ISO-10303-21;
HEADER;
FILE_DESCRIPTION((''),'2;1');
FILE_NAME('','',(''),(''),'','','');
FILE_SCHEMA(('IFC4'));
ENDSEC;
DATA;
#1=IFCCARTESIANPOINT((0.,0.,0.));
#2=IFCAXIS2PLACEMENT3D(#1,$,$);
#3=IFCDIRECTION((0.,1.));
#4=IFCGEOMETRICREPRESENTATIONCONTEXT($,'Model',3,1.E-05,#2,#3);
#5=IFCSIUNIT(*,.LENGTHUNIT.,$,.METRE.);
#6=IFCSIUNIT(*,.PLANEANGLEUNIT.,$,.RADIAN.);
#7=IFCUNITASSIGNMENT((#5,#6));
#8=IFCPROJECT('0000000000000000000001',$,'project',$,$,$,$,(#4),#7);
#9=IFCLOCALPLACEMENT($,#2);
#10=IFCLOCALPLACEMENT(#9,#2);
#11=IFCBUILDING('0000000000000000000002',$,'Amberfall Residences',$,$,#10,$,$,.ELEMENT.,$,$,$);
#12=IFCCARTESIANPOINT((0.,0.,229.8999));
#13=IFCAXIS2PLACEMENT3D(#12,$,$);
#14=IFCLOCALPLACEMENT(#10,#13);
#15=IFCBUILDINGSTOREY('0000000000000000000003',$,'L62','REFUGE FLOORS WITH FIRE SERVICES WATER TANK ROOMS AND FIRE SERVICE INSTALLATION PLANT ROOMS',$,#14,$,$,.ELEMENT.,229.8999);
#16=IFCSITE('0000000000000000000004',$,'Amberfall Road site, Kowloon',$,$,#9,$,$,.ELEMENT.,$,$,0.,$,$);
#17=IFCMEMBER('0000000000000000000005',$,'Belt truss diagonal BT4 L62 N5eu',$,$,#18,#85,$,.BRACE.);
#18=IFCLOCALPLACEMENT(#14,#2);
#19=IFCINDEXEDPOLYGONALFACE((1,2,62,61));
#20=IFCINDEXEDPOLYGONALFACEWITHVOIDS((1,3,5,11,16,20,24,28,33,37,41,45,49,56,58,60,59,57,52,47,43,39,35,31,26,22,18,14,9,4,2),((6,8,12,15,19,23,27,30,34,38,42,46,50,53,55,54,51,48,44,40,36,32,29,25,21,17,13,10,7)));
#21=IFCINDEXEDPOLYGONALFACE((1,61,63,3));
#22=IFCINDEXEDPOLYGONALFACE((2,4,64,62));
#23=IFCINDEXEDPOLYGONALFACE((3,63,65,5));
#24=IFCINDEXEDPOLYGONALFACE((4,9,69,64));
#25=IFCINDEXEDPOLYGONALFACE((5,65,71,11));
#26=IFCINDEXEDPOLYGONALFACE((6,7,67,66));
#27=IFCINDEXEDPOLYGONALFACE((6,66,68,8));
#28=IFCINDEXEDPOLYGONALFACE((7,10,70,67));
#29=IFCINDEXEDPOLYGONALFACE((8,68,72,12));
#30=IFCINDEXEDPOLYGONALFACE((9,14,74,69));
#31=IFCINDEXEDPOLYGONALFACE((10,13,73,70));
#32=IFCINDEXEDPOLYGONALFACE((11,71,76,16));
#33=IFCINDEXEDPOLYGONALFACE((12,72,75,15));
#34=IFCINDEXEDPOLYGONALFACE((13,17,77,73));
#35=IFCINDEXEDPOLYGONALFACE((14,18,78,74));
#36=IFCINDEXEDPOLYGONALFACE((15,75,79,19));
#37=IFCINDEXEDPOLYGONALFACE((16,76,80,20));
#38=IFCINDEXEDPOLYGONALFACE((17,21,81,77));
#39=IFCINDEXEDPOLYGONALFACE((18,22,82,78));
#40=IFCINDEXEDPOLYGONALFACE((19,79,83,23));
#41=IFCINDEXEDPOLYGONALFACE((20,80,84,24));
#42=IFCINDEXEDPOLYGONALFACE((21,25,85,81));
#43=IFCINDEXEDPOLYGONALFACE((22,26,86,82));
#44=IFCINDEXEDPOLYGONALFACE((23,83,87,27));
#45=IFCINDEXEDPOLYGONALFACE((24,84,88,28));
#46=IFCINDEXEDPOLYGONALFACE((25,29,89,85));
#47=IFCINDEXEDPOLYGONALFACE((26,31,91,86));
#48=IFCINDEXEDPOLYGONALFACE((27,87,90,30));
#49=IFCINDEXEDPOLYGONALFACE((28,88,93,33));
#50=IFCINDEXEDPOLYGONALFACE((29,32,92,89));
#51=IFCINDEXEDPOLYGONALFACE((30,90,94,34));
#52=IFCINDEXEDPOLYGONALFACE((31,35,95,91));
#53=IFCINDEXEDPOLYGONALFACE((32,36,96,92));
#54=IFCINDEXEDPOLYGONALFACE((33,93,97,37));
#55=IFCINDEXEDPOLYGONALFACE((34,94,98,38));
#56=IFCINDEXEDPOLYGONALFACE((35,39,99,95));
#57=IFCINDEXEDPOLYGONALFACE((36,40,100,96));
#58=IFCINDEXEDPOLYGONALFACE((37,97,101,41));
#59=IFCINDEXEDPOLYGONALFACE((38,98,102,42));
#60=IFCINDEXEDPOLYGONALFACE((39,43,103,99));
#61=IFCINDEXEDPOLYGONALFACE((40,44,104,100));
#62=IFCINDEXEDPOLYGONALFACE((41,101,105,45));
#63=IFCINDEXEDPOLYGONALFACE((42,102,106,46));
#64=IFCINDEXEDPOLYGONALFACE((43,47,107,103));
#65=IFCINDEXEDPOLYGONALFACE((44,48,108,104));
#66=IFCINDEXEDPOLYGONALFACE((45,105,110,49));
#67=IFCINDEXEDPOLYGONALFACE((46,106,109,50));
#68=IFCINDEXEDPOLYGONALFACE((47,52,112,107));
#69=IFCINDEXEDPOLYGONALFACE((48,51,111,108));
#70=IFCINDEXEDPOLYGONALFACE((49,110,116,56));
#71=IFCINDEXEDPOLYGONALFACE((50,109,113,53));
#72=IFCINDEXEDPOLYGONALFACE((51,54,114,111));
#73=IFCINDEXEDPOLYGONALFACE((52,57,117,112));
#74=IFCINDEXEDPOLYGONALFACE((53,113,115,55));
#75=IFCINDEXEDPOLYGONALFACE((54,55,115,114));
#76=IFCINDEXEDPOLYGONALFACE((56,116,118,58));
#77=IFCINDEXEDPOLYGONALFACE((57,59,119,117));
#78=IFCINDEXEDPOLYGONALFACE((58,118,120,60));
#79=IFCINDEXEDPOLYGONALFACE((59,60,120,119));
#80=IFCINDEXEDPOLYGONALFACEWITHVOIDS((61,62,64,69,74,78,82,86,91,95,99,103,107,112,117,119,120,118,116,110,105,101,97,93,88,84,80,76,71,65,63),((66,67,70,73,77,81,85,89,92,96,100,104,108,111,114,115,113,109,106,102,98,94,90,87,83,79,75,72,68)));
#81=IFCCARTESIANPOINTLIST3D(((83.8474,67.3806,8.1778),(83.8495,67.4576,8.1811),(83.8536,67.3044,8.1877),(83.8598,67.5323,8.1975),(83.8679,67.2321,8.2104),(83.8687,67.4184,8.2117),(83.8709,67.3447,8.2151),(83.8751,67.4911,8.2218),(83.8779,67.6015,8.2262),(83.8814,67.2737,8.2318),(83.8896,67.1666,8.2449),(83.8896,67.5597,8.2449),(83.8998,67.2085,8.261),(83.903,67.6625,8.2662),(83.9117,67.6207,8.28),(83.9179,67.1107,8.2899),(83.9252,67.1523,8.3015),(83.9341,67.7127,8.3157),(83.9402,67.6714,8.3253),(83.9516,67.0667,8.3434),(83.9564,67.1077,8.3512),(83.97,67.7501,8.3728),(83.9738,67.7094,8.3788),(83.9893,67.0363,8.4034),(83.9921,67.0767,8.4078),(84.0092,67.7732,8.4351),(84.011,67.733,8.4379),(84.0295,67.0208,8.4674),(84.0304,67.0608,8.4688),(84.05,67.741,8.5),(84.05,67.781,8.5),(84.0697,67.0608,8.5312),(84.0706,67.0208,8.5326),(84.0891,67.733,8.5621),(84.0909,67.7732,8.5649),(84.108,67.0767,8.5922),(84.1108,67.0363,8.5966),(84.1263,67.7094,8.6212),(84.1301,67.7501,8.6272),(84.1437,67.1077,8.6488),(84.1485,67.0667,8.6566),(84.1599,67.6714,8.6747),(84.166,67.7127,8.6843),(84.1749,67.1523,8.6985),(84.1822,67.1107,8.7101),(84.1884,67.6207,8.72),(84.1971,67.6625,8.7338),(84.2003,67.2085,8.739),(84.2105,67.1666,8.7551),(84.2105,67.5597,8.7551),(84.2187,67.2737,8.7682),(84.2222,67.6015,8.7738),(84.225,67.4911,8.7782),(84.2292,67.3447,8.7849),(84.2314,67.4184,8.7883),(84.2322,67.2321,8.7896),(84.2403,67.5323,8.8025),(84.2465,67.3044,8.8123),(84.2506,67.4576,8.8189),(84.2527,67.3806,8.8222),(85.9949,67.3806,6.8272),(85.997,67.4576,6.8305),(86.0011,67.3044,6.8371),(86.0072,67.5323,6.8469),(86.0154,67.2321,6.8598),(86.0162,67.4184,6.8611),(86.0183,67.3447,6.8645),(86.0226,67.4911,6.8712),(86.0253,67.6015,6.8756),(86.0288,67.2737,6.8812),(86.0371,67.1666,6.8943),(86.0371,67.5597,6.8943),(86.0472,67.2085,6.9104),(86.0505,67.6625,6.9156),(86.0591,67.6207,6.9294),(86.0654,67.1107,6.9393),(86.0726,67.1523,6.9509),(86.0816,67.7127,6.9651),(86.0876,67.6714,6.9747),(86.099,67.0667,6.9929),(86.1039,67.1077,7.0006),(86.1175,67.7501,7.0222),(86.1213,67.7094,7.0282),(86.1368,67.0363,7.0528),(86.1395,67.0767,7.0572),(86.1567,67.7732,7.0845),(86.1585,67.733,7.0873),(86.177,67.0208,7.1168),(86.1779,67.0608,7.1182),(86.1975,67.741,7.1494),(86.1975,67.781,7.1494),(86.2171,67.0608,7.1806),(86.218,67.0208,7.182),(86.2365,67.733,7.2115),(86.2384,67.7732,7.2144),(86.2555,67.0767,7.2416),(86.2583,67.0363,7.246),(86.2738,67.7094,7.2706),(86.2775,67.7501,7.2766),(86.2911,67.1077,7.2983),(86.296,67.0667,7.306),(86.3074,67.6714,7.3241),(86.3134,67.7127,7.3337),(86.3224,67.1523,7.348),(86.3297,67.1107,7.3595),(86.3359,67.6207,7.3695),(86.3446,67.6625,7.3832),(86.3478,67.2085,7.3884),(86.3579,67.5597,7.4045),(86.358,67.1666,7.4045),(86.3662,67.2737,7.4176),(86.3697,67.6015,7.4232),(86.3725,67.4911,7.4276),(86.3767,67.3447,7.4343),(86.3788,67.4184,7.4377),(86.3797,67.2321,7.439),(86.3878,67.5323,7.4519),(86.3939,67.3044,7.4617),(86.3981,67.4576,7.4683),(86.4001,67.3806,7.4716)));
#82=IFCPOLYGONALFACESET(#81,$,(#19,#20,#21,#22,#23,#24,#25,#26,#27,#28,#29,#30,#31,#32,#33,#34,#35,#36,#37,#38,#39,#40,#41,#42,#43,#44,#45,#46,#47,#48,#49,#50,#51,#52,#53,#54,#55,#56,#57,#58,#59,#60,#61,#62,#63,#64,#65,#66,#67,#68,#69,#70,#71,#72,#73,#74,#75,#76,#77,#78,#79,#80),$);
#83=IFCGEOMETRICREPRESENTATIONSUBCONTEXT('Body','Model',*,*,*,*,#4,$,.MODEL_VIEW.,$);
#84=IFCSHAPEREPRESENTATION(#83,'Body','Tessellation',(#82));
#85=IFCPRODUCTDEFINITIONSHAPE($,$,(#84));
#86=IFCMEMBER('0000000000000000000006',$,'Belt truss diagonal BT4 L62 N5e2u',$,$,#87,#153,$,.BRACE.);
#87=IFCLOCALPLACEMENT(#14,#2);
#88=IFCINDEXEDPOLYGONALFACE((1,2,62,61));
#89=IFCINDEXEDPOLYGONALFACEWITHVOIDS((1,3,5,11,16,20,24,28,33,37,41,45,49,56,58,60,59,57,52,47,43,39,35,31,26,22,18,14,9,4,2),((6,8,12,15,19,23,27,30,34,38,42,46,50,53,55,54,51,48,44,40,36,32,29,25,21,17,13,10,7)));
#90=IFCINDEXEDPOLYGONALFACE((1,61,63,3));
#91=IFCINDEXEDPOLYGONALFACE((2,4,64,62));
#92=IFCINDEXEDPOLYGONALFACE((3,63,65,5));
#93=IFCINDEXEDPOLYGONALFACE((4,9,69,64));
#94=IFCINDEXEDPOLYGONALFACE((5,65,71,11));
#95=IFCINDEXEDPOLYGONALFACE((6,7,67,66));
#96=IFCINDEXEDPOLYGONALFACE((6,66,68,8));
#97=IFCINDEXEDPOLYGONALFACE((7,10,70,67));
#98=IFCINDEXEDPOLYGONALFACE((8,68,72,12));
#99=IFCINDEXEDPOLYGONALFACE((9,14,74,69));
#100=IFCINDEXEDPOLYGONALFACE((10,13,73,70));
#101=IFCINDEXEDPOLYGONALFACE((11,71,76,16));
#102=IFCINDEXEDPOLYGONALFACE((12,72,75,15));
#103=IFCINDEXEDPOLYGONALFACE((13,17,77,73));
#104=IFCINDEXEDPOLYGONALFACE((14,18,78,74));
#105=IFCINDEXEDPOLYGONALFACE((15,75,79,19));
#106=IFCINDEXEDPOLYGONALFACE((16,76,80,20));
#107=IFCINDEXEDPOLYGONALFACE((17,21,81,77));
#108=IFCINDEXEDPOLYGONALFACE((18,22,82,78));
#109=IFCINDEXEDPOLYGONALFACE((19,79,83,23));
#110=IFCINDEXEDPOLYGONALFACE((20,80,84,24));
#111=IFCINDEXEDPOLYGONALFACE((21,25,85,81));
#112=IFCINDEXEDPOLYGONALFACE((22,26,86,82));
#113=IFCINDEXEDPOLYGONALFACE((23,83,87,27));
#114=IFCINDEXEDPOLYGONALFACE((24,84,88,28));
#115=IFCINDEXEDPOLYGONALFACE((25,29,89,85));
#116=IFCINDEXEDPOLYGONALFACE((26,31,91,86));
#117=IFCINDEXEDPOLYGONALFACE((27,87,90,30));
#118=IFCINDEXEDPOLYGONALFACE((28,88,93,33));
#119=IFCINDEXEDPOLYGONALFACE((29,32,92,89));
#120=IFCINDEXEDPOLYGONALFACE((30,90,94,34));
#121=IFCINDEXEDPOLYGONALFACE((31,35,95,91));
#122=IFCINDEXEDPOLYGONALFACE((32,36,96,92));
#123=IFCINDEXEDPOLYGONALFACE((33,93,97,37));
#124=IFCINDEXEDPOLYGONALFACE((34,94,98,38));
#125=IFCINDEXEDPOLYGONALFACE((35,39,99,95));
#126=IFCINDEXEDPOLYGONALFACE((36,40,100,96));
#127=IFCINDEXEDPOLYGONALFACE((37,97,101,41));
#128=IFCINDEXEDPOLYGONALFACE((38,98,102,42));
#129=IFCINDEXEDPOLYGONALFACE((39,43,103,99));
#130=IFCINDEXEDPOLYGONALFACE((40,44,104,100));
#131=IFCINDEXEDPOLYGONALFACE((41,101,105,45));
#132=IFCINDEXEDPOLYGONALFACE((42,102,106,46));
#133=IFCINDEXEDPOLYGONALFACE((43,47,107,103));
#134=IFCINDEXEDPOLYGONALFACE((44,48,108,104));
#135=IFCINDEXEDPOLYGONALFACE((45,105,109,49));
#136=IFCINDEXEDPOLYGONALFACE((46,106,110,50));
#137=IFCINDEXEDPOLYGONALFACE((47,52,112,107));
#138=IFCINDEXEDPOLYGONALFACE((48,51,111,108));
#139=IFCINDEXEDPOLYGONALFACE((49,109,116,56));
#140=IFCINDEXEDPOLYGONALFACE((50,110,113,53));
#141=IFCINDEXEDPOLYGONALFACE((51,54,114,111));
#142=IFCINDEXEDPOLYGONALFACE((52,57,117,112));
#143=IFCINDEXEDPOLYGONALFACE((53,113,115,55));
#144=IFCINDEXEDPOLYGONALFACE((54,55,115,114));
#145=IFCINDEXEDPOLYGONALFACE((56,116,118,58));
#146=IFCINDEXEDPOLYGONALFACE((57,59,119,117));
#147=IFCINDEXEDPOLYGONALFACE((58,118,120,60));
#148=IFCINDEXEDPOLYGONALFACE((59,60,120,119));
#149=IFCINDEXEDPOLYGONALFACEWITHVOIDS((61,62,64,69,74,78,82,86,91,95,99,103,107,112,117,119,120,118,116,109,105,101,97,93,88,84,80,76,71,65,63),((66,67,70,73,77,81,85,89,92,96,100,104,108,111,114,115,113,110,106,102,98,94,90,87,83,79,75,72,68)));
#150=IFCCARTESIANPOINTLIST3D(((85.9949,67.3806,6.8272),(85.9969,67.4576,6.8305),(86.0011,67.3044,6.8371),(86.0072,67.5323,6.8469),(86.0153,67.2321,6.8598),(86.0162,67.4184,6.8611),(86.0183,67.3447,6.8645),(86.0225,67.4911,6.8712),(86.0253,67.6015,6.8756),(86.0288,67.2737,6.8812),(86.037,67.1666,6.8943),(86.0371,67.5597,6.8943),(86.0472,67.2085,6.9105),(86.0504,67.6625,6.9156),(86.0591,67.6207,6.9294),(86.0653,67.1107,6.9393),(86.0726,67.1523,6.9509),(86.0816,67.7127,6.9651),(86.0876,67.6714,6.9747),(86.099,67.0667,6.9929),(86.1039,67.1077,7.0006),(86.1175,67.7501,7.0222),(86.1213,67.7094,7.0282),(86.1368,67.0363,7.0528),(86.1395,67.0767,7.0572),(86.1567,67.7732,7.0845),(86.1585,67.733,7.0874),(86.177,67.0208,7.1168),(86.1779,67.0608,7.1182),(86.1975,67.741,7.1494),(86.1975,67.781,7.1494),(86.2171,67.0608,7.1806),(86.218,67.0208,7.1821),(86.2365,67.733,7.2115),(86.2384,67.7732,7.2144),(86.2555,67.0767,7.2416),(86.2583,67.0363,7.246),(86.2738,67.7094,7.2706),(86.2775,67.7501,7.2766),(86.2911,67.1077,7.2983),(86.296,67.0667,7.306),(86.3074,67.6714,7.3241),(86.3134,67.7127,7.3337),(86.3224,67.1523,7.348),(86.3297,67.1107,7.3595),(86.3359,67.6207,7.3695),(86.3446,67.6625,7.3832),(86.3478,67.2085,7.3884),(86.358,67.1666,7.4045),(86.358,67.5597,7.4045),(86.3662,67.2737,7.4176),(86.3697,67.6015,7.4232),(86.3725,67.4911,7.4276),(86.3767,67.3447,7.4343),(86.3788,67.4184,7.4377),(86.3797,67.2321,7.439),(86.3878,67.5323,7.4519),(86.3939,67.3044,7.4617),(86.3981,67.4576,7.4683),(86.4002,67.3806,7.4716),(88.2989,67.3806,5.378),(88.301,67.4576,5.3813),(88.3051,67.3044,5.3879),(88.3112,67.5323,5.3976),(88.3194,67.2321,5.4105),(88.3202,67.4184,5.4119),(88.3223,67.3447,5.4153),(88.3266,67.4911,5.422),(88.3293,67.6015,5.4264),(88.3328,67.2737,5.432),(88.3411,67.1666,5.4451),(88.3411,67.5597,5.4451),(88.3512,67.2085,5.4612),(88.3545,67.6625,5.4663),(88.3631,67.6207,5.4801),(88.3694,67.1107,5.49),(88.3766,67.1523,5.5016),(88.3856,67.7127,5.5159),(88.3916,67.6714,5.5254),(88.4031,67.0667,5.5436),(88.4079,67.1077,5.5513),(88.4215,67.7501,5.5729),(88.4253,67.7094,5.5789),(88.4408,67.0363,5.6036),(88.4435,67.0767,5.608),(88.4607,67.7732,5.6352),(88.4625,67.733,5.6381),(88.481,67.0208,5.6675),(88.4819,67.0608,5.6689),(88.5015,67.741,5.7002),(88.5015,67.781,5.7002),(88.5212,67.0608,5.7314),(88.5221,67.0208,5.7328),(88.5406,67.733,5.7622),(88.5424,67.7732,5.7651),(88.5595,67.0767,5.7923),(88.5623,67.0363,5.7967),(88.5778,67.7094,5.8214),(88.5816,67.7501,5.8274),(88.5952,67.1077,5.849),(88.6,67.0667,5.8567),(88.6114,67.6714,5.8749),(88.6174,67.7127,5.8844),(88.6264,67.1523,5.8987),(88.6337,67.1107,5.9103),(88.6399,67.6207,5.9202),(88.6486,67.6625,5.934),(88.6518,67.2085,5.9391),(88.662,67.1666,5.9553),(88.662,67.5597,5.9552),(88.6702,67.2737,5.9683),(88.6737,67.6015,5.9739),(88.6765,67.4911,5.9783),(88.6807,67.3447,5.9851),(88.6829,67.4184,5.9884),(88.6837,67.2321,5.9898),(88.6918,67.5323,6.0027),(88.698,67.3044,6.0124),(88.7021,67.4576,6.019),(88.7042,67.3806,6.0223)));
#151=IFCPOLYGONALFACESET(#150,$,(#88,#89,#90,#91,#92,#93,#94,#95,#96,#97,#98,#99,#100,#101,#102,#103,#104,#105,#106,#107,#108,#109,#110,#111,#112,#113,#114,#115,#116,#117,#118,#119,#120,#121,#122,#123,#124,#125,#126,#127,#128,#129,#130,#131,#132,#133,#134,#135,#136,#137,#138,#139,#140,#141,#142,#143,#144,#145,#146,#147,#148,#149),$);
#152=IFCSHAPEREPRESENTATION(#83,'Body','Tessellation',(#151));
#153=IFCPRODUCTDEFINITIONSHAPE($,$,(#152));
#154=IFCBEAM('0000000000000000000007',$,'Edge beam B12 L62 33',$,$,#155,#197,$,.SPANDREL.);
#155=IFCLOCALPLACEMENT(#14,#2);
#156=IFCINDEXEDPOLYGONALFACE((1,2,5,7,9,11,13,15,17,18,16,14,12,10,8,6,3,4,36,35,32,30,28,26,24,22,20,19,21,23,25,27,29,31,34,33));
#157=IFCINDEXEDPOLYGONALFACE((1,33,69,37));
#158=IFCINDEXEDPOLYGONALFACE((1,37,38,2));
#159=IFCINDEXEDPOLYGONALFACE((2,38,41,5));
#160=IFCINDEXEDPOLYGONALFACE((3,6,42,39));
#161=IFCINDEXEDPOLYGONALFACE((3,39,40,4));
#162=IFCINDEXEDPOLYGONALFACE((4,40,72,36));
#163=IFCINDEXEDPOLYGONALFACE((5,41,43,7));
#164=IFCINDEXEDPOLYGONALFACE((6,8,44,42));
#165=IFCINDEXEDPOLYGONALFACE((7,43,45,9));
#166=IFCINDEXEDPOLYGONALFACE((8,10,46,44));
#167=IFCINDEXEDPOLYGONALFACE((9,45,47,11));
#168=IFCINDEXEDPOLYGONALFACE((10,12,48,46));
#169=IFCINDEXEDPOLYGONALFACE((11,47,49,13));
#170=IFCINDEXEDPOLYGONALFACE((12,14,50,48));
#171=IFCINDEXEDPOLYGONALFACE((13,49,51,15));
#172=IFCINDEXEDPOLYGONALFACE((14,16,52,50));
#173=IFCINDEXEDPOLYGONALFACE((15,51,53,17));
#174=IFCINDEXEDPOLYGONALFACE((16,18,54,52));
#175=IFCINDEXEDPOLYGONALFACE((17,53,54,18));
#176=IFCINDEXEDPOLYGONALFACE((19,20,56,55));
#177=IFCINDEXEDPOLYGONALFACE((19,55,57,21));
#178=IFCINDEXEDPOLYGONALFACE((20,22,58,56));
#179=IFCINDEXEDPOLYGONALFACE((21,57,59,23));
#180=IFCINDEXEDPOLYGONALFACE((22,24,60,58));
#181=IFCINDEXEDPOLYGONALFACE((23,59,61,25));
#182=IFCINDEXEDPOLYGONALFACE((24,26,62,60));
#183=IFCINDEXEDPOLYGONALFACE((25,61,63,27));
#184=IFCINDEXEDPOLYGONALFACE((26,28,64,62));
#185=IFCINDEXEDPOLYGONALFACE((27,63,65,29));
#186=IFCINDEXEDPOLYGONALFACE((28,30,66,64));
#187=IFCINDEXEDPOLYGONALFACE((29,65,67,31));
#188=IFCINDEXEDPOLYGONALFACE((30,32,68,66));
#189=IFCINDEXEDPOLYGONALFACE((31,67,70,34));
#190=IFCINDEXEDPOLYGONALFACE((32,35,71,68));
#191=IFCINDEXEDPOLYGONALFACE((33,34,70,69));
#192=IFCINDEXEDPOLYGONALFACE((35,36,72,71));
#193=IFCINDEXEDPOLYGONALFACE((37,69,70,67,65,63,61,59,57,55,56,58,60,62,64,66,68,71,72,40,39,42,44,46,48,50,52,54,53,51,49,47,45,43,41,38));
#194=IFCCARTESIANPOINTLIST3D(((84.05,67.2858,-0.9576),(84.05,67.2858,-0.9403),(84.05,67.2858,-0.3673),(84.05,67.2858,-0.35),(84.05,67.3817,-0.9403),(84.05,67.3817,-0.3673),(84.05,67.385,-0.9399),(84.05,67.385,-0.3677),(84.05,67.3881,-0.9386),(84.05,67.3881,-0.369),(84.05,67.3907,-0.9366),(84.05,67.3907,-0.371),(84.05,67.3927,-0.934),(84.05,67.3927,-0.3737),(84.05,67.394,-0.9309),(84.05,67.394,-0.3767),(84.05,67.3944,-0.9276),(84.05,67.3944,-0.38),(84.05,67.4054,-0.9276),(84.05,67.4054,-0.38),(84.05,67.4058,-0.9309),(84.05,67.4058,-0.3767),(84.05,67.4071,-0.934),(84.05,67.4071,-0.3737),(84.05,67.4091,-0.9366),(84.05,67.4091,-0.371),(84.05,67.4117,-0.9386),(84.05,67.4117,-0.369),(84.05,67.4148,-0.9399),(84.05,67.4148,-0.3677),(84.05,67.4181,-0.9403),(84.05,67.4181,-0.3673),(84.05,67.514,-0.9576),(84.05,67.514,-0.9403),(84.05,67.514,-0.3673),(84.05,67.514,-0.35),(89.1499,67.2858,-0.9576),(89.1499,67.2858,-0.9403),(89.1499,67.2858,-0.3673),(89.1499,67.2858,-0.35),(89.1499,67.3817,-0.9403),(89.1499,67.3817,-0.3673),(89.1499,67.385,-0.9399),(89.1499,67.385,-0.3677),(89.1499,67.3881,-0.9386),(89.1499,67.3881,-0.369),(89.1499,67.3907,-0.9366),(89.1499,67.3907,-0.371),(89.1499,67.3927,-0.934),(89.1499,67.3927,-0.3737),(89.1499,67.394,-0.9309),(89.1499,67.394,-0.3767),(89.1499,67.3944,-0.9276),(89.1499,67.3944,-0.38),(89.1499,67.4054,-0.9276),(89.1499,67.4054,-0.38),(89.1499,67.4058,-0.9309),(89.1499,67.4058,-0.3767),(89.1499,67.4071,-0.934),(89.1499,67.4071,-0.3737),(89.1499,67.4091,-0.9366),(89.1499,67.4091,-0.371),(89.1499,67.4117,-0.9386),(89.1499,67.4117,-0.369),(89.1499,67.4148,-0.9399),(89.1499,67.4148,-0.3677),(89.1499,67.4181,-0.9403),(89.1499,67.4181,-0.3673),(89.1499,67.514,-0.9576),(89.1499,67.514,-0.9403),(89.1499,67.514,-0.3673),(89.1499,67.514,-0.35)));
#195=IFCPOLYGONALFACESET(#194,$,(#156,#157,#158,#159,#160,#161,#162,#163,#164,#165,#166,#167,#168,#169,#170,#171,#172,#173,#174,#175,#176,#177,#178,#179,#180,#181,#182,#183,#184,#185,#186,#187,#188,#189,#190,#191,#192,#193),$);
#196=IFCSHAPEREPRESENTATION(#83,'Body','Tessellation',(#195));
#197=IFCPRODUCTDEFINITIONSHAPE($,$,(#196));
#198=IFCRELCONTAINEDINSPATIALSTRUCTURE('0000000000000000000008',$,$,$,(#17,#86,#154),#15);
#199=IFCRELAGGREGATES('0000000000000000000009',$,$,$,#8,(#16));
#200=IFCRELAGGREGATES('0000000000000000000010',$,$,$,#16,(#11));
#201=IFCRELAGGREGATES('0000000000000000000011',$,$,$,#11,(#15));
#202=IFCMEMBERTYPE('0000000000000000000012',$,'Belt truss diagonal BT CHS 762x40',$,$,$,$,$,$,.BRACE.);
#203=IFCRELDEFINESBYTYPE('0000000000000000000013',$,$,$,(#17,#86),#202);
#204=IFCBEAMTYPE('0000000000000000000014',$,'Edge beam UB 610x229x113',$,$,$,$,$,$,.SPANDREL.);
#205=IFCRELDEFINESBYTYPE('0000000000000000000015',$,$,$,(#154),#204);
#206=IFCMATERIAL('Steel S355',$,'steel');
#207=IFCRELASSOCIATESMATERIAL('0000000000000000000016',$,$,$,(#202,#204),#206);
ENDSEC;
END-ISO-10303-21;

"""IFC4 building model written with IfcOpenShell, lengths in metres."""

from ifc_helpers import new_model, si_unit, direction, frame, origin, origin_2d, place, context, subcontext, project, spatial, hollow_circle, i_section, extrude, material, material_profile, profile_set, type_object, element, save


model = new_model("IFC4")

# Units and contexts
model_context = context("Model", 3, precision=1e-05, world=origin(), true_north=direction((0.0, 1.0)))
body_context = subcontext(model_context, "Body", "Model", "MODEL_VIEW")
ifc_project = project(units=[si_unit("LENGTHUNIT", "METRE"), si_unit("PLANEANGLEUNIT", "RADIAN")], contexts=[model_context])

# Site, building, storey
site_placement = place(None, origin())
site = spatial("IfcSite", under=ifc_project, at=site_placement, Name="Amberfall Road site, Kowloon", CompositionType="ELEMENT", RefElevation=0.0)
building_placement = place(site_placement, origin())
building = spatial("IfcBuilding", under=site, at=building_placement, Name="Amberfall Residences", CompositionType="ELEMENT")
storey_placement = place(building_placement, frame((0.0, 0.0, 229.8999)))
storey = spatial("IfcBuildingStorey", under=building, at=storey_placement, Name="L62", Description="REFUGE FLOORS WITH FIRE SERVICES WATER TANK ROOMS AND FIRE SERVICE INSTALLATION PLANT ROOMS", CompositionType="ELEMENT", Elevation=229.8999)

# Shared definitions
ifc_material_1 = material(Name="Steel S355", Category="steel")

# Members
ifc_material_profile_1 = material_profile(ifc_material_1, hollow_circle(Radius=0.3811, WallThickness=0.04, at=origin_2d()), Name="CHS 762x40")
ifc_profile_set_1 = profile_set([ifc_material_profile_1], Name="Steel S355")
member_type = type_object("IfcMemberType", Name="Belt truss diagonal BT CHS 762x40", PredefinedType="BRACE", material=ifc_profile_set_1)
member_1_placement = place(storey_placement, frame((84.05, 67.3999, 8.5), z_axis=(0.846503, 0.0, -0.532384), x_axis=(0.0, 1.0, 0.0)))
element("IfcMember", 1, at=member_1_placement, inside=storey, type_object=member_type, Name="Belt truss diagonal BT4 L62 N5eu", PredefinedType="BRACE", context=body_context, shape_type="SweptSolid", body=[
    extrude(hollow_circle(Radius=0.3811, WallThickness=0.04, at=origin_2d()), origin(), (0.0, 0.0, 1.0), 2.5369),
])
member_2_placement = place(storey_placement, frame((86.1975, 67.3999, 7.1494), z_axis=(0.846468, 0.0, -0.53244), x_axis=(0.0, 1.0, 0.0)))
element("IfcMember", 2, at=member_2_placement, inside=storey, type_object=member_type, Name="Belt truss diagonal BT4 L62 N5e2u", PredefinedType="BRACE", context=body_context, shape_type="SweptSolid", body=[
    extrude(hollow_circle(Radius=0.3811, WallThickness=0.04, at=origin_2d()), origin(), (0.0, 0.0, 1.0), 2.7219),
])

# Beam
ifc_material_profile_2 = material_profile(ifc_material_1, i_section(OverallWidth=0.2283, OverallDepth=0.6077, WebThickness=0.011, FlangeThickness=0.0173, FilletRadius=0.0127, at=origin_2d()), Name="UB 610x229x113")
ifc_profile_set_2 = profile_set([ifc_material_profile_2], Name="Steel S355")
beam_type_1 = type_object("IfcBeamType", Name="Edge beam UB 610x229x113", PredefinedType="SPANDREL", material=ifc_profile_set_2)
beam_1_placement = place(storey_placement, frame((84.05, 67.3999, -0.6538), z_axis=(1.0, 0.0, 0.0), x_axis=(0.0, 1.0, 0.0)))
element("IfcBeam", 3, at=beam_1_placement, inside=storey, type_object=beam_type_1, Name="Edge beam B12 L62 33", PredefinedType="SPANDREL", context=body_context, shape_type="SweptSolid", body=[
    extrude(i_section(OverallWidth=0.2283, OverallDepth=0.6077, WebThickness=0.011, FlangeThickness=0.0173, FilletRadius=0.0127, at=origin_2d()), origin(), (0.0, 0.0, 1.0), 5.0999),
])

save(model, "model.ifc")
